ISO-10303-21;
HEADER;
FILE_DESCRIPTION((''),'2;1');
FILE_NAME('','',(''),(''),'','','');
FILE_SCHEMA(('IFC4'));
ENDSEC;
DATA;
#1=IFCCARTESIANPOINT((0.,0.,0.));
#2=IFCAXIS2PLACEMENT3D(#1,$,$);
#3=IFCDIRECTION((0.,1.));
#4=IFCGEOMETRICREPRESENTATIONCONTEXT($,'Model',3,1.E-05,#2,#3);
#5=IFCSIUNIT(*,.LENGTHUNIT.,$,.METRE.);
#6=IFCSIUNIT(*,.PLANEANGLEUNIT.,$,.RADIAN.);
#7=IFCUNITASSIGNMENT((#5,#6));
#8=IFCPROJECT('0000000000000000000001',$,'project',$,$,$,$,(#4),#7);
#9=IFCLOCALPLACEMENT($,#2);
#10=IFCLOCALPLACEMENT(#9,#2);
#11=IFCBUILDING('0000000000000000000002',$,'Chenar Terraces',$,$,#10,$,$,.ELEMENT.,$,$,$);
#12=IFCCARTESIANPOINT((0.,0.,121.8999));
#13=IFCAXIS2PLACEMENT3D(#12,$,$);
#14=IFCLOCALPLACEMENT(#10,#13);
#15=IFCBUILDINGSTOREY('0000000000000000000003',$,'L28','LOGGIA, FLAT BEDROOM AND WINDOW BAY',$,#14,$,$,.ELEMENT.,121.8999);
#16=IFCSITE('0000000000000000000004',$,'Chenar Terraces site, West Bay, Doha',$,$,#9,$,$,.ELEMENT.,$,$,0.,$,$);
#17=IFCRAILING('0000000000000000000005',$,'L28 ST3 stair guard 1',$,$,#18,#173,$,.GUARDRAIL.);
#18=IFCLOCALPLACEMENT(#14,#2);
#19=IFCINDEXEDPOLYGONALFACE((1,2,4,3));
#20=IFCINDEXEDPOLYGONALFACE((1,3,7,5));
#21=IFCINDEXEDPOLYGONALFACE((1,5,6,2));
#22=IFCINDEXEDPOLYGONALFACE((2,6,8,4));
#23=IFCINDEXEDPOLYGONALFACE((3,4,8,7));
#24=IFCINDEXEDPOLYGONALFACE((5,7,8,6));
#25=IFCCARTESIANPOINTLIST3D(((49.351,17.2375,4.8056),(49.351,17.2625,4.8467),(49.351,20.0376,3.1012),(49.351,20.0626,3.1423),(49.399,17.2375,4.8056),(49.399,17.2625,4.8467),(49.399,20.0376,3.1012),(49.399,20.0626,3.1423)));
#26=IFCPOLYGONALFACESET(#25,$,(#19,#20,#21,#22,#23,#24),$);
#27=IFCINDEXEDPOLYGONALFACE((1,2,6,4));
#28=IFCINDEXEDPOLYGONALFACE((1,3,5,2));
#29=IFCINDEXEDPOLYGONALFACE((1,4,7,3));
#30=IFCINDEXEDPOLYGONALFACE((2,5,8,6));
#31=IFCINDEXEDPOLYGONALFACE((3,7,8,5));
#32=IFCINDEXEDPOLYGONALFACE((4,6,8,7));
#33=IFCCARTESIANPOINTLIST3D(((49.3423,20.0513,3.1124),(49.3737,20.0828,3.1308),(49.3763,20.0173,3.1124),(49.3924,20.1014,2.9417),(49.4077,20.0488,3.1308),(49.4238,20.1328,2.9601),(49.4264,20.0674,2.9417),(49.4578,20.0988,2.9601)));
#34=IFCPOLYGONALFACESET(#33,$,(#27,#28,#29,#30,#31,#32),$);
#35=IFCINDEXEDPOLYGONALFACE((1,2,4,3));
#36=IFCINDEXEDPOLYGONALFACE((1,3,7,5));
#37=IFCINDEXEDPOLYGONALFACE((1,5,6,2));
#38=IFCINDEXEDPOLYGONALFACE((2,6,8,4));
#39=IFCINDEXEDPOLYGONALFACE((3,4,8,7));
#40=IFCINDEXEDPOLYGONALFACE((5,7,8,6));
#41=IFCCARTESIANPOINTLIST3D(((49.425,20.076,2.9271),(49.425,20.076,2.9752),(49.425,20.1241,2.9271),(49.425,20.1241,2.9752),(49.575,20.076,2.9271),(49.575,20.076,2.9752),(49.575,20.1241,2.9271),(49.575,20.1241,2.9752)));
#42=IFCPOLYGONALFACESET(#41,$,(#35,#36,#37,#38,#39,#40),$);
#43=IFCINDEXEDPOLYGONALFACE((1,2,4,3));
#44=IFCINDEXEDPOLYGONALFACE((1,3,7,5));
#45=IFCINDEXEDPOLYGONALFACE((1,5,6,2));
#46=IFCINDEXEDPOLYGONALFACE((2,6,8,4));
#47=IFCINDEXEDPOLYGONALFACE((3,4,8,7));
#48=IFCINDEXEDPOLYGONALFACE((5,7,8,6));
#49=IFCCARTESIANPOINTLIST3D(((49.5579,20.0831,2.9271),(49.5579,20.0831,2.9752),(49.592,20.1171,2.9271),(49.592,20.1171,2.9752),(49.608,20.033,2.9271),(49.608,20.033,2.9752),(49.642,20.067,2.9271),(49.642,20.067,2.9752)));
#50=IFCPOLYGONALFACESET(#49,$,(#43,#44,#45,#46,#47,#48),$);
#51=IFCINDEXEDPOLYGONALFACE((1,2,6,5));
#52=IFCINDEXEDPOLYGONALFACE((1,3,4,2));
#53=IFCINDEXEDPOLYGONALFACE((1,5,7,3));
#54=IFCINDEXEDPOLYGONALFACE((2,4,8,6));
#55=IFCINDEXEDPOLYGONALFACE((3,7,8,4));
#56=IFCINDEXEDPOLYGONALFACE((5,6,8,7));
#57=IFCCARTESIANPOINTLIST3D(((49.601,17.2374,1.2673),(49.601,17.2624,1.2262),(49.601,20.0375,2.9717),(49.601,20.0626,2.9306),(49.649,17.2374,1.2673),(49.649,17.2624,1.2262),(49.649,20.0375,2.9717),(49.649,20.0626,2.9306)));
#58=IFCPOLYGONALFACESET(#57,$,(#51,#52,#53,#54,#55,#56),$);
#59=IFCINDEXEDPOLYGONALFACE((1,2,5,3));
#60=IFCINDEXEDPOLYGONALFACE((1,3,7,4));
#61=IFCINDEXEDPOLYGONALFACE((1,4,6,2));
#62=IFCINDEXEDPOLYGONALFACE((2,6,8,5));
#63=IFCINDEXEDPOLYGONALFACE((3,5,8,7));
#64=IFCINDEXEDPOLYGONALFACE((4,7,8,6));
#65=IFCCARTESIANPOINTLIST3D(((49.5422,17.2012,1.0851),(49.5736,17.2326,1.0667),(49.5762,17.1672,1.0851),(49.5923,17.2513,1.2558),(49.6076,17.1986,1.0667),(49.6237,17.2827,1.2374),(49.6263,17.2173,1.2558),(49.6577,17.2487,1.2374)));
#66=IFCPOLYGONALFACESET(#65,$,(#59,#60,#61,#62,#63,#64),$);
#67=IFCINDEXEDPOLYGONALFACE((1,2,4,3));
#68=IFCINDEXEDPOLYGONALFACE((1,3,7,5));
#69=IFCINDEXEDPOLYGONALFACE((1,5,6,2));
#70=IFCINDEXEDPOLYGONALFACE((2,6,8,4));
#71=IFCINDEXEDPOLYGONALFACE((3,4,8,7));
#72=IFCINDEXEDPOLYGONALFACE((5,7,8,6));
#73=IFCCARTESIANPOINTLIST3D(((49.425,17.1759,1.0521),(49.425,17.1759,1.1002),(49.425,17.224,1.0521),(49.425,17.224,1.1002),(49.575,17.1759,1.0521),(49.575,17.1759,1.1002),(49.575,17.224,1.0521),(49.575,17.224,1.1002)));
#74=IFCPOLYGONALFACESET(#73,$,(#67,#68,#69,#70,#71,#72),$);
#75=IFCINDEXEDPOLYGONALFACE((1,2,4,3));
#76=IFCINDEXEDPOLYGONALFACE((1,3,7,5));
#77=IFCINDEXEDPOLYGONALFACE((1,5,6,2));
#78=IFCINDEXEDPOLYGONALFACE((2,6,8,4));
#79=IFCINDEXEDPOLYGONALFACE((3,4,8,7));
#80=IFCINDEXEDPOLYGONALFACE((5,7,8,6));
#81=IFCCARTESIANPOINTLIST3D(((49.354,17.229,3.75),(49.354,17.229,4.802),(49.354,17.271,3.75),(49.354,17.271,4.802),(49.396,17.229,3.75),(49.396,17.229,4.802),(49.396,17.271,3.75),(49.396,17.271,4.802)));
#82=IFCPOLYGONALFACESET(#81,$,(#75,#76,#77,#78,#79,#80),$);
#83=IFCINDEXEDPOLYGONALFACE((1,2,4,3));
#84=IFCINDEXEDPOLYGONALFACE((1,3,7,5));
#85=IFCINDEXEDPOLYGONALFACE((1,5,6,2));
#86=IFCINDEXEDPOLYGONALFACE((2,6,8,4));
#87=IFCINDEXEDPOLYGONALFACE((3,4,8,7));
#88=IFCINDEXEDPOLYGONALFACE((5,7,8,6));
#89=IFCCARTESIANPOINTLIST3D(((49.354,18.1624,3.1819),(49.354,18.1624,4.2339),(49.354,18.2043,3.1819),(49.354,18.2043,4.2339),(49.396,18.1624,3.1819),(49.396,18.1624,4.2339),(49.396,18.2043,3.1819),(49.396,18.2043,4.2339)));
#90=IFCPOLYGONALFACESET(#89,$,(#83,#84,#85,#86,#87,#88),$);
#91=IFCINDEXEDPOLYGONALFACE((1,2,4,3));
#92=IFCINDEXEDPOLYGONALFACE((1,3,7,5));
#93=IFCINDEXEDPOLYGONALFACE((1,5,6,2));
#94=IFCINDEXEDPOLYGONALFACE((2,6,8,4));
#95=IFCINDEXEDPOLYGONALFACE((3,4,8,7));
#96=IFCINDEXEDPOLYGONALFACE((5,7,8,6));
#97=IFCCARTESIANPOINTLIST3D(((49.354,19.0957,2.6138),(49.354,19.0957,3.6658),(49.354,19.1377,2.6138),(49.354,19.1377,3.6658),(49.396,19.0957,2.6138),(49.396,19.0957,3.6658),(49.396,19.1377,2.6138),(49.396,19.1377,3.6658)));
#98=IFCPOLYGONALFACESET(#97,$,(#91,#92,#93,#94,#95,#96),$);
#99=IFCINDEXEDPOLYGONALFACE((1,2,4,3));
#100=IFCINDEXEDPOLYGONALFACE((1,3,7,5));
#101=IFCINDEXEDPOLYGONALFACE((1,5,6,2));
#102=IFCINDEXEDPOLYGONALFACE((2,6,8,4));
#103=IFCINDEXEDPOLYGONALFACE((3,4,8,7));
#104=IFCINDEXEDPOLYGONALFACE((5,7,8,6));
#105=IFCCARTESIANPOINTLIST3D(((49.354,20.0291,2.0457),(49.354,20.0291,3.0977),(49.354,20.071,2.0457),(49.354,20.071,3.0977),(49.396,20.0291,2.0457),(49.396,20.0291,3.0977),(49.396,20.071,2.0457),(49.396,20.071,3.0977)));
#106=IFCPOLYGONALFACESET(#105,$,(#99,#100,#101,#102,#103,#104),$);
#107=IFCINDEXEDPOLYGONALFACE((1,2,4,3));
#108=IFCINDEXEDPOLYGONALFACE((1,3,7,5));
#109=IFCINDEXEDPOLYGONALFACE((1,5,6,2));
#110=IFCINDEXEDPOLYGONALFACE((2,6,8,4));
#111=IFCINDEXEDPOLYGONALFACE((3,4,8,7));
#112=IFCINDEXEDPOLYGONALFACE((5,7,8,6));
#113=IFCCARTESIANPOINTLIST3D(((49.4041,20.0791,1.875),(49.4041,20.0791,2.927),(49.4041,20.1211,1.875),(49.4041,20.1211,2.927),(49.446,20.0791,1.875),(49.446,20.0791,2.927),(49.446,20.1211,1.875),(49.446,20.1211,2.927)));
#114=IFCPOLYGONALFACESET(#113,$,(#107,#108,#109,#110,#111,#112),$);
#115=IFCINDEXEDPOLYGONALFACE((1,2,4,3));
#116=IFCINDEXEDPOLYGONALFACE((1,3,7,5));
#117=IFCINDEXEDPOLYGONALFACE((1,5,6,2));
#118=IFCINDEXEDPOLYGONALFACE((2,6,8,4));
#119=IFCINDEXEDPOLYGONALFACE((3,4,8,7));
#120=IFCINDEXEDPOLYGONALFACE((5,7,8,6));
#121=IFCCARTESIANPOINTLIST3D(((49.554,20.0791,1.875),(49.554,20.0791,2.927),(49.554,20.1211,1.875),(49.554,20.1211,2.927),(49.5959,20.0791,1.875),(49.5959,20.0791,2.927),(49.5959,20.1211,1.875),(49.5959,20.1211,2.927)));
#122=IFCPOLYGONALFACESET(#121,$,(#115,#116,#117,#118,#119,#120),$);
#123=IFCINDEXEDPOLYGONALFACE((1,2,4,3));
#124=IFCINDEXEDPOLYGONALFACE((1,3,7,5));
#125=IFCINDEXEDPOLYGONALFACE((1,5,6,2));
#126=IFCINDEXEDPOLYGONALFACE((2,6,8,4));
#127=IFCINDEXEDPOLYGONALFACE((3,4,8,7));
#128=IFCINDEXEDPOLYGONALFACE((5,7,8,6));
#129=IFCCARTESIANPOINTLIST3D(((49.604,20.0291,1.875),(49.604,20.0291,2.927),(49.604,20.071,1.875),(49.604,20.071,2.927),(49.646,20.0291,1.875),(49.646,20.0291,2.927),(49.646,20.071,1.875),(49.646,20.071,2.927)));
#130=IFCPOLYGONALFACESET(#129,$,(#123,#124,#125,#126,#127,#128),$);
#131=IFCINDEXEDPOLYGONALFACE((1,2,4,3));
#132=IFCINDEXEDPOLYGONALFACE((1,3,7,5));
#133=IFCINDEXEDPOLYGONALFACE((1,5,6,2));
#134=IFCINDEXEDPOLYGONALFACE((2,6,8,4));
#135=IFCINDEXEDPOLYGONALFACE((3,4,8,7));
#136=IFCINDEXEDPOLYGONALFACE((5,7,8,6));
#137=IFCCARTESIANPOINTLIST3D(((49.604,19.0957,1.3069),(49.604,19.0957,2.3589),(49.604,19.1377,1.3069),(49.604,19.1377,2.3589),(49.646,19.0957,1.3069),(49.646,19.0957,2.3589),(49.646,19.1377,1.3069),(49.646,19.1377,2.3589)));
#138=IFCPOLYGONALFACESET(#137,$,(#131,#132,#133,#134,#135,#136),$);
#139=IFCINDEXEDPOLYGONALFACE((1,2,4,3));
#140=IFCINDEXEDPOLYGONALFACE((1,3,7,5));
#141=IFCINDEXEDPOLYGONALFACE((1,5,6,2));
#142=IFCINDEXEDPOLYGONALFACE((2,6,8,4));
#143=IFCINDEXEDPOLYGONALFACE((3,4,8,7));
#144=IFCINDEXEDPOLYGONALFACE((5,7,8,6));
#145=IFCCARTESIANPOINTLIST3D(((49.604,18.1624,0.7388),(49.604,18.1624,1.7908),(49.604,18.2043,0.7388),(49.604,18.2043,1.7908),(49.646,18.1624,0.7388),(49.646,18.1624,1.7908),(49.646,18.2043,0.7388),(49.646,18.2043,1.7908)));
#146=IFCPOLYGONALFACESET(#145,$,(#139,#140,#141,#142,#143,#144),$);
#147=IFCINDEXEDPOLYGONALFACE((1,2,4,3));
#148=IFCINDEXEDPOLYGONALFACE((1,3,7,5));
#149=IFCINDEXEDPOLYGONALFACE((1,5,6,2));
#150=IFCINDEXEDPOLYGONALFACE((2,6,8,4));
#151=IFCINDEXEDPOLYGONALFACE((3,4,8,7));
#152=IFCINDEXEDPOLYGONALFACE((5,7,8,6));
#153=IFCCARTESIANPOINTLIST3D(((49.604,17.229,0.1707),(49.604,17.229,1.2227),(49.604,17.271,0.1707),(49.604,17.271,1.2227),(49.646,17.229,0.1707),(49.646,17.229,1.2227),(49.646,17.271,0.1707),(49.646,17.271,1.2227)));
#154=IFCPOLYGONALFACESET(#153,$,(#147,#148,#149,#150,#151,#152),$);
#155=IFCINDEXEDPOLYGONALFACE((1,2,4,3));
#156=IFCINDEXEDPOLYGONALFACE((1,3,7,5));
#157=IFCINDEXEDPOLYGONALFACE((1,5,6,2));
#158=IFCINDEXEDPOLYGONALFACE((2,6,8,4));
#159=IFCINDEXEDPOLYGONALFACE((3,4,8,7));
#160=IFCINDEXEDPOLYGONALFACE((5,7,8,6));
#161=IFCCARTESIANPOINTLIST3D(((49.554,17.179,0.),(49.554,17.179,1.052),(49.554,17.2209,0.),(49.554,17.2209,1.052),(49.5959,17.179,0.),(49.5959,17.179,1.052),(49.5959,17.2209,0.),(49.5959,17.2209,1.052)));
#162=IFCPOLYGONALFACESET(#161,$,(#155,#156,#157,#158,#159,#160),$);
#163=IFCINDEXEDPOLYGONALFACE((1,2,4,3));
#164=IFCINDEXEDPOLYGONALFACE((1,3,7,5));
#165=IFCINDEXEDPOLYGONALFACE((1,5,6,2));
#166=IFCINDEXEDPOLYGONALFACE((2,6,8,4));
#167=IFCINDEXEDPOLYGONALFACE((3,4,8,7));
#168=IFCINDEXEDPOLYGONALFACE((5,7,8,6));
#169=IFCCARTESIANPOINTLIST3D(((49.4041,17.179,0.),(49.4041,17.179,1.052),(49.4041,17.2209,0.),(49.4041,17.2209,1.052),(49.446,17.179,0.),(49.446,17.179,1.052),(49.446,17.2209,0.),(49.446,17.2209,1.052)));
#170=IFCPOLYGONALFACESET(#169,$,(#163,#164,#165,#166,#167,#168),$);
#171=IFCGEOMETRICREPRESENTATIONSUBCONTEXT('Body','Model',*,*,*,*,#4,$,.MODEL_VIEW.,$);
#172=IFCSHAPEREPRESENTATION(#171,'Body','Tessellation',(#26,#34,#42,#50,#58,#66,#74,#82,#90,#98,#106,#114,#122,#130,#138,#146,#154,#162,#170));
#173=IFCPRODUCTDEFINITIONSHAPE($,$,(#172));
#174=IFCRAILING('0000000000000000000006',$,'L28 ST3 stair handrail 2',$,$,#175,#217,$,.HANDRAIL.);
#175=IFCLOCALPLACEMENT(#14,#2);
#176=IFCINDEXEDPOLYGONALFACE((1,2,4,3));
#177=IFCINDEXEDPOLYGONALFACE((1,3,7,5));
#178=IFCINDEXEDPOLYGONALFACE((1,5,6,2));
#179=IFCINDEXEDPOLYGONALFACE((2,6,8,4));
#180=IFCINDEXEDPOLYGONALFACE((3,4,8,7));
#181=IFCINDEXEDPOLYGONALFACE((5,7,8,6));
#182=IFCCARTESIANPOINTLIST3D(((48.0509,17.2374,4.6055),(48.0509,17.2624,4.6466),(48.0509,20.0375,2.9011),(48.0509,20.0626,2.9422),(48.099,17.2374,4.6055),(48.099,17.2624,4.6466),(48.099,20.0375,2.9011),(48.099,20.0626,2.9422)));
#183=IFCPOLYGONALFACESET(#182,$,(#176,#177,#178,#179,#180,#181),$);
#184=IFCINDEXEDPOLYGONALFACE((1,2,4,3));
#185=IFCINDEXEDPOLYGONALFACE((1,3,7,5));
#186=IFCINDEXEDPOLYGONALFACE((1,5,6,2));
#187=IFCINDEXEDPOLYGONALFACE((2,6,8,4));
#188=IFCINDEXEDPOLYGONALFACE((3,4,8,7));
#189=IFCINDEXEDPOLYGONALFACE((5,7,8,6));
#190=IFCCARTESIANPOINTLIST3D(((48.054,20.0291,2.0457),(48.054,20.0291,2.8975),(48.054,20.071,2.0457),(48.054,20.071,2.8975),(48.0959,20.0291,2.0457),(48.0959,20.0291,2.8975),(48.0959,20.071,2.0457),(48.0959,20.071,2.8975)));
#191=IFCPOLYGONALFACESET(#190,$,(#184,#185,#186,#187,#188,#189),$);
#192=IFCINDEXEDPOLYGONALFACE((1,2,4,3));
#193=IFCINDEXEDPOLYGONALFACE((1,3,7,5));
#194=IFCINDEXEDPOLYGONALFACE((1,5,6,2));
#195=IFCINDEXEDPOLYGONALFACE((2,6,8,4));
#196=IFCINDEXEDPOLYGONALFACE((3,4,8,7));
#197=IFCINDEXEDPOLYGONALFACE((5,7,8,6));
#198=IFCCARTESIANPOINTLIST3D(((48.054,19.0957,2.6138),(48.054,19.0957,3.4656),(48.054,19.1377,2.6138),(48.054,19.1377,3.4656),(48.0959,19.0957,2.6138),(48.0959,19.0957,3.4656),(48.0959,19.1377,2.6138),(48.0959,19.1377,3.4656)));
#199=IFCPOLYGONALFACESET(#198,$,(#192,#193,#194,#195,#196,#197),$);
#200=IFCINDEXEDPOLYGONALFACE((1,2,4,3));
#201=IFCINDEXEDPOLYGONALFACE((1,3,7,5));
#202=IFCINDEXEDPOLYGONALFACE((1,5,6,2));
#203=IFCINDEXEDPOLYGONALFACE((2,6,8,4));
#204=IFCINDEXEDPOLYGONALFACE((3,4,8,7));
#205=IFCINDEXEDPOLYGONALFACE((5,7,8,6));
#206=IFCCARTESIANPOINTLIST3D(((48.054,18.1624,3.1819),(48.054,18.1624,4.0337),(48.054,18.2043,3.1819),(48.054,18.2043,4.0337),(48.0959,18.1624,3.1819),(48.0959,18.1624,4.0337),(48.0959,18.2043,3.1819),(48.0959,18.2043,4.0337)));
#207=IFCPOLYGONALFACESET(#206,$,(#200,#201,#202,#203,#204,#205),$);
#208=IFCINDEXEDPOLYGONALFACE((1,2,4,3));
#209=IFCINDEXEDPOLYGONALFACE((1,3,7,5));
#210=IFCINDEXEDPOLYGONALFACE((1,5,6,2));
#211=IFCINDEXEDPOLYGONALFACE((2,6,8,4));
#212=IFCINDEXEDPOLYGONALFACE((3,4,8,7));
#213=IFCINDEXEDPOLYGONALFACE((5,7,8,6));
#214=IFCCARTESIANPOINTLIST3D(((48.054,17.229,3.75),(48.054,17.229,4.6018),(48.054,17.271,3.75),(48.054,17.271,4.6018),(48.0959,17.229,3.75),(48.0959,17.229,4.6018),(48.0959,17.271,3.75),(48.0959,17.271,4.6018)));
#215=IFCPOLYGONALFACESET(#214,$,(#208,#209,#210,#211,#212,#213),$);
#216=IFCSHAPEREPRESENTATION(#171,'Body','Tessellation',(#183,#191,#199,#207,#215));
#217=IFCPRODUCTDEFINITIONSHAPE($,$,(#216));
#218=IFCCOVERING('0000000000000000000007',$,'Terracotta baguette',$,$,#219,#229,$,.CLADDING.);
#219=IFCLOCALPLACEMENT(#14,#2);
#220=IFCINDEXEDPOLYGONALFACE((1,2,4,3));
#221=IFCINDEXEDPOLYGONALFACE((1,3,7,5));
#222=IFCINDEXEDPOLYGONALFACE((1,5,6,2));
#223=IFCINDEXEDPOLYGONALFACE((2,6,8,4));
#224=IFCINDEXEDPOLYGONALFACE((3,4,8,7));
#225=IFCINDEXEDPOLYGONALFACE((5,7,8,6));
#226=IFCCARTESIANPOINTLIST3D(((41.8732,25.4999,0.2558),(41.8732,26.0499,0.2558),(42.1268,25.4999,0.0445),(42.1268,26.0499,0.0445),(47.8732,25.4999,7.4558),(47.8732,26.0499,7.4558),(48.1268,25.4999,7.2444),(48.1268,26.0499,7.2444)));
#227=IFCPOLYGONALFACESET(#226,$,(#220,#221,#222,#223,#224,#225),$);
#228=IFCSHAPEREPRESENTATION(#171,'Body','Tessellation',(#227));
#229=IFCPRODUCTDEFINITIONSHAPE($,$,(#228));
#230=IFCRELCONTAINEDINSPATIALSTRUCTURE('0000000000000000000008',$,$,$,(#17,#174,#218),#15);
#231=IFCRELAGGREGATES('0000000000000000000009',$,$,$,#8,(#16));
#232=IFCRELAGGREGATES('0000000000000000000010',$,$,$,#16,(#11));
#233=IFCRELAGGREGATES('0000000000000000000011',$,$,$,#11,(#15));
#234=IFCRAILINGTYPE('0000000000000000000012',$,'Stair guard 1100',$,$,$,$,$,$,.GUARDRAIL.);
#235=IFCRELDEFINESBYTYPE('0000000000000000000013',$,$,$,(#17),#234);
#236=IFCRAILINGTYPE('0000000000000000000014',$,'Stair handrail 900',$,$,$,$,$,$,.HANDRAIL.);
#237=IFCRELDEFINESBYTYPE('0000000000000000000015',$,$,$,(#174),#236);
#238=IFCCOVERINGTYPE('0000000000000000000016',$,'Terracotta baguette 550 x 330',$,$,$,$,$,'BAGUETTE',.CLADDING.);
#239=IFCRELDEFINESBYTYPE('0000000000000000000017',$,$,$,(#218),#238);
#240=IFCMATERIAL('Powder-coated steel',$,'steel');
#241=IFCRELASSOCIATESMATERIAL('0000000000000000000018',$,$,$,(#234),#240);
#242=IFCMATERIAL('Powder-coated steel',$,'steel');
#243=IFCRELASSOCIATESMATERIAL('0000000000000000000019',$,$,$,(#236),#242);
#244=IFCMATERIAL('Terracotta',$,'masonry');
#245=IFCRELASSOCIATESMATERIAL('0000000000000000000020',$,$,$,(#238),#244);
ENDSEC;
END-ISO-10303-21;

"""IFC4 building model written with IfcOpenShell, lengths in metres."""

from ifc_helpers import new_model, si_unit, direction, frame, origin, origin_2d, place, context, subcontext, project, spatial, rectangle, extrude, material, material_profile, profile_set, type_object, element, save


model = new_model("IFC4")

# Units and contexts
model_context = context("Model", 3, precision=1e-05, world=origin(), true_north=direction((0.0, 1.0)))
body_context = subcontext(model_context, "Body", "Model", "MODEL_VIEW")
ifc_project = project(units=[si_unit("LENGTHUNIT", "METRE"), si_unit("PLANEANGLEUNIT", "RADIAN")], contexts=[model_context])

# Site, building, storey
site_placement = place(None, origin())
site = spatial("IfcSite", under=ifc_project, at=site_placement, Name="Chenar Terraces site, West Bay, Doha", CompositionType="ELEMENT", RefElevation=0.0)
building_placement = place(site_placement, origin())
building = spatial("IfcBuilding", under=site, at=building_placement, Name="Chenar Terraces", CompositionType="ELEMENT")
storey_placement = place(building_placement, frame((0.0, 0.0, 121.8999)))
storey = spatial("IfcBuildingStorey", under=building, at=storey_placement, Name="L28", Description="LOGGIA, FLAT BEDROOM AND WINDOW BAY", CompositionType="ELEMENT", Elevation=121.8999)

# Railings
ifc_material_1 = material(Name="Powder-coated steel", Category="steel")
railing_type_1 = type_object("IfcRailingType", Name="Stair guard 1100", PredefinedType="GUARDRAIL", material=ifc_material_1)
railing_1_placement = place(storey_placement, frame((49.375, 17.25, 3.75)))
element("IfcRailing", 1, at=railing_1_placement, inside=storey, type_object=railing_type_1, Name="L28 ST3 stair guard 1", PredefinedType="GUARDRAIL", context=body_context, shape_type="SweptSolid", body=[
    extrude(rectangle(XDim=0.0481, YDim=0.0481, at=origin_2d()), frame((0.0, 0.0, 1.0762), z_axis=(0.0, 0.854203, -0.51994), x_axis=(-1.0, 0.0, 0.0)), (0.0, 0.0, 1.0), 3.2781),
    extrude(rectangle(XDim=0.0481, YDim=0.0481, at=origin_2d()), frame((0.0, 2.8, -0.6284), z_axis=(0.2709, 0.2709, -0.923703), x_axis=(-0.707107, 0.707107, 0.0)), (0.0, 0.0, 1.0), 0.1848),
    extrude(rectangle(XDim=0.0481, YDim=0.0481, at=origin_2d()), frame((0.05, 2.8501, -0.7988), z_axis=(1.0, 0.0, 0.0), x_axis=(0.0, 1.0, 0.0)), (0.0, 0.0, 1.0), 0.1499),
    extrude(rectangle(XDim=0.0481, YDim=0.0481, at=origin_2d()), frame((0.2, 2.8501, -0.7988), z_axis=(0.707107, -0.707107, 0.0), x_axis=(0.707107, 0.707107, 0.0)), (0.0, 0.0, 1.0), 0.0708),
    extrude(rectangle(XDim=0.0481, YDim=0.0481, at=origin_2d()), frame((0.25, 2.8, -0.7988), z_axis=(0.0, -0.854203, -0.51994), x_axis=(1.0, 0.0, 0.0)), (0.0, 0.0, 1.0), 3.2781),
    extrude(rectangle(XDim=0.0481, YDim=0.0481, at=origin_2d()), frame((0.25, 0.0, -2.5034), z_axis=(-0.2709, -0.2709, -0.923703), x_axis=(0.707107, -0.707107, 0.0)), (0.0, 0.0, 1.0), 0.1848),
    extrude(rectangle(XDim=0.0481, YDim=0.0481, at=origin_2d()), frame((0.2, -0.05, -2.6738), z_axis=(-1.0, 0.0, 0.0), x_axis=(0.0, -1.0, 0.0)), (0.0, 0.0, 1.0), 0.1499),
    extrude(rectangle(XDim=0.042, YDim=0.042, at=origin_2d()), origin(), (0.0, 0.0, 1.0), 1.052),
    extrude(rectangle(XDim=0.042, YDim=0.042, at=origin_2d()), frame((0.0, 0.9333, -0.5681)), (0.0, 0.0, 1.0), 1.052),
    extrude(rectangle(XDim=0.042, YDim=0.042, at=origin_2d()), frame((0.0, 1.8667, -1.1362)), (0.0, 0.0, 1.0), 1.052),
    extrude(rectangle(XDim=0.042, YDim=0.042, at=origin_2d()), frame((0.0, 2.8, -1.7043)), (0.0, 0.0, 1.0), 1.052),
    extrude(rectangle(XDim=0.042, YDim=0.042, at=origin_2d()), frame((0.05, 2.8501, -1.875)), (0.0, 0.0, 1.0), 1.052),
    extrude(rectangle(XDim=0.042, YDim=0.042, at=origin_2d()), frame((0.2, 2.8501, -1.875)), (0.0, 0.0, 1.0), 1.052),
    extrude(rectangle(XDim=0.042, YDim=0.042, at=origin_2d()), frame((0.25, 2.8, -1.875)), (0.0, 0.0, 1.0), 1.052),
    extrude(rectangle(XDim=0.042, YDim=0.042, at=origin_2d()), frame((0.25, 1.8667, -2.4431)), (0.0, 0.0, 1.0), 1.052),
    extrude(rectangle(XDim=0.042, YDim=0.042, at=origin_2d()), frame((0.25, 0.9333, -3.0112)), (0.0, 0.0, 1.0), 1.052),
    extrude(rectangle(XDim=0.042, YDim=0.042, at=origin_2d()), frame((0.25, 0.0, -3.5793)), (0.0, 0.0, 1.0), 1.052),
    extrude(rectangle(XDim=0.042, YDim=0.042, at=origin_2d()), frame((0.2, -0.05, -3.75)), (0.0, 0.0, 1.0), 1.052),
    extrude(rectangle(XDim=0.042, YDim=0.042, at=origin_2d()), frame((0.05, -0.05, -3.75)), (0.0, 0.0, 1.0), 1.052),
])
ifc_material_2 = material(Name="Powder-coated steel", Category="steel")
railing_type_2 = type_object("IfcRailingType", Name="Stair handrail 900", PredefinedType="HANDRAIL", material=ifc_material_2)
railing_2_placement = place(storey_placement, frame((48.075, 20.05, 2.0457)))
element("IfcRailing", 2, at=railing_2_placement, inside=storey, type_object=railing_type_2, Name="L28 ST3 stair handrail 2", PredefinedType="HANDRAIL", context=body_context, shape_type="SweptSolid", body=[
    extrude(rectangle(XDim=0.0481, YDim=0.0481, at=origin_2d()), frame((0.0, 0.0, 0.876), z_axis=(0.0, -0.854203, 0.51994), x_axis=(1.0, 0.0, 0.0)), (0.0, 0.0, 1.0), 3.2781),
    extrude(rectangle(XDim=0.042, YDim=0.042, at=origin_2d()), origin(), (0.0, 0.0, 1.0), 0.8518),
    extrude(rectangle(XDim=0.042, YDim=0.042, at=origin_2d()), frame((0.0, -0.9333, 0.5681)), (0.0, 0.0, 1.0), 0.8518),
    extrude(rectangle(XDim=0.042, YDim=0.042, at=origin_2d()), frame((0.0, -1.8667, 1.1362)), (0.0, 0.0, 1.0), 0.8518),
    extrude(rectangle(XDim=0.042, YDim=0.042, at=origin_2d()), frame((0.0, -2.8, 1.7043)), (0.0, 0.0, 1.0), 0.8518),
])

# Covering
ifc_material_3 = material(Name="Terracotta", Category="masonry")
ifc_material_profile_1 = material_profile(ifc_material_3, rectangle(XDim=0.55, YDim=0.3301, at=origin_2d()), Name="Terracotta baguette 550 x 330")
ifc_profile_set_1 = profile_set([ifc_material_profile_1], Name="Terracotta")
covering_type = type_object("IfcCoveringType", Name="Terracotta baguette 550 x 330", ElementType="BAGUETTE", PredefinedType="CLADDING", material=ifc_profile_set_1)
covering_placement = place(storey_placement, frame((48.0, 25.7749, 7.3501), z_axis=(-0.640187, 0.0, -0.768219), x_axis=(0.0, -1.0, 0.0)))
element("IfcCovering", 3, at=covering_placement, inside=storey, type_object=covering_type, Name="Terracotta baguette", PredefinedType="CLADDING", context=body_context, shape_type="SweptSolid", body=[
    extrude(rectangle(XDim=0.55, YDim=0.3301, at=origin_2d()), origin(), (0.0, 0.0, 1.0), 9.3723),
])

save(model, "model.ifc")
